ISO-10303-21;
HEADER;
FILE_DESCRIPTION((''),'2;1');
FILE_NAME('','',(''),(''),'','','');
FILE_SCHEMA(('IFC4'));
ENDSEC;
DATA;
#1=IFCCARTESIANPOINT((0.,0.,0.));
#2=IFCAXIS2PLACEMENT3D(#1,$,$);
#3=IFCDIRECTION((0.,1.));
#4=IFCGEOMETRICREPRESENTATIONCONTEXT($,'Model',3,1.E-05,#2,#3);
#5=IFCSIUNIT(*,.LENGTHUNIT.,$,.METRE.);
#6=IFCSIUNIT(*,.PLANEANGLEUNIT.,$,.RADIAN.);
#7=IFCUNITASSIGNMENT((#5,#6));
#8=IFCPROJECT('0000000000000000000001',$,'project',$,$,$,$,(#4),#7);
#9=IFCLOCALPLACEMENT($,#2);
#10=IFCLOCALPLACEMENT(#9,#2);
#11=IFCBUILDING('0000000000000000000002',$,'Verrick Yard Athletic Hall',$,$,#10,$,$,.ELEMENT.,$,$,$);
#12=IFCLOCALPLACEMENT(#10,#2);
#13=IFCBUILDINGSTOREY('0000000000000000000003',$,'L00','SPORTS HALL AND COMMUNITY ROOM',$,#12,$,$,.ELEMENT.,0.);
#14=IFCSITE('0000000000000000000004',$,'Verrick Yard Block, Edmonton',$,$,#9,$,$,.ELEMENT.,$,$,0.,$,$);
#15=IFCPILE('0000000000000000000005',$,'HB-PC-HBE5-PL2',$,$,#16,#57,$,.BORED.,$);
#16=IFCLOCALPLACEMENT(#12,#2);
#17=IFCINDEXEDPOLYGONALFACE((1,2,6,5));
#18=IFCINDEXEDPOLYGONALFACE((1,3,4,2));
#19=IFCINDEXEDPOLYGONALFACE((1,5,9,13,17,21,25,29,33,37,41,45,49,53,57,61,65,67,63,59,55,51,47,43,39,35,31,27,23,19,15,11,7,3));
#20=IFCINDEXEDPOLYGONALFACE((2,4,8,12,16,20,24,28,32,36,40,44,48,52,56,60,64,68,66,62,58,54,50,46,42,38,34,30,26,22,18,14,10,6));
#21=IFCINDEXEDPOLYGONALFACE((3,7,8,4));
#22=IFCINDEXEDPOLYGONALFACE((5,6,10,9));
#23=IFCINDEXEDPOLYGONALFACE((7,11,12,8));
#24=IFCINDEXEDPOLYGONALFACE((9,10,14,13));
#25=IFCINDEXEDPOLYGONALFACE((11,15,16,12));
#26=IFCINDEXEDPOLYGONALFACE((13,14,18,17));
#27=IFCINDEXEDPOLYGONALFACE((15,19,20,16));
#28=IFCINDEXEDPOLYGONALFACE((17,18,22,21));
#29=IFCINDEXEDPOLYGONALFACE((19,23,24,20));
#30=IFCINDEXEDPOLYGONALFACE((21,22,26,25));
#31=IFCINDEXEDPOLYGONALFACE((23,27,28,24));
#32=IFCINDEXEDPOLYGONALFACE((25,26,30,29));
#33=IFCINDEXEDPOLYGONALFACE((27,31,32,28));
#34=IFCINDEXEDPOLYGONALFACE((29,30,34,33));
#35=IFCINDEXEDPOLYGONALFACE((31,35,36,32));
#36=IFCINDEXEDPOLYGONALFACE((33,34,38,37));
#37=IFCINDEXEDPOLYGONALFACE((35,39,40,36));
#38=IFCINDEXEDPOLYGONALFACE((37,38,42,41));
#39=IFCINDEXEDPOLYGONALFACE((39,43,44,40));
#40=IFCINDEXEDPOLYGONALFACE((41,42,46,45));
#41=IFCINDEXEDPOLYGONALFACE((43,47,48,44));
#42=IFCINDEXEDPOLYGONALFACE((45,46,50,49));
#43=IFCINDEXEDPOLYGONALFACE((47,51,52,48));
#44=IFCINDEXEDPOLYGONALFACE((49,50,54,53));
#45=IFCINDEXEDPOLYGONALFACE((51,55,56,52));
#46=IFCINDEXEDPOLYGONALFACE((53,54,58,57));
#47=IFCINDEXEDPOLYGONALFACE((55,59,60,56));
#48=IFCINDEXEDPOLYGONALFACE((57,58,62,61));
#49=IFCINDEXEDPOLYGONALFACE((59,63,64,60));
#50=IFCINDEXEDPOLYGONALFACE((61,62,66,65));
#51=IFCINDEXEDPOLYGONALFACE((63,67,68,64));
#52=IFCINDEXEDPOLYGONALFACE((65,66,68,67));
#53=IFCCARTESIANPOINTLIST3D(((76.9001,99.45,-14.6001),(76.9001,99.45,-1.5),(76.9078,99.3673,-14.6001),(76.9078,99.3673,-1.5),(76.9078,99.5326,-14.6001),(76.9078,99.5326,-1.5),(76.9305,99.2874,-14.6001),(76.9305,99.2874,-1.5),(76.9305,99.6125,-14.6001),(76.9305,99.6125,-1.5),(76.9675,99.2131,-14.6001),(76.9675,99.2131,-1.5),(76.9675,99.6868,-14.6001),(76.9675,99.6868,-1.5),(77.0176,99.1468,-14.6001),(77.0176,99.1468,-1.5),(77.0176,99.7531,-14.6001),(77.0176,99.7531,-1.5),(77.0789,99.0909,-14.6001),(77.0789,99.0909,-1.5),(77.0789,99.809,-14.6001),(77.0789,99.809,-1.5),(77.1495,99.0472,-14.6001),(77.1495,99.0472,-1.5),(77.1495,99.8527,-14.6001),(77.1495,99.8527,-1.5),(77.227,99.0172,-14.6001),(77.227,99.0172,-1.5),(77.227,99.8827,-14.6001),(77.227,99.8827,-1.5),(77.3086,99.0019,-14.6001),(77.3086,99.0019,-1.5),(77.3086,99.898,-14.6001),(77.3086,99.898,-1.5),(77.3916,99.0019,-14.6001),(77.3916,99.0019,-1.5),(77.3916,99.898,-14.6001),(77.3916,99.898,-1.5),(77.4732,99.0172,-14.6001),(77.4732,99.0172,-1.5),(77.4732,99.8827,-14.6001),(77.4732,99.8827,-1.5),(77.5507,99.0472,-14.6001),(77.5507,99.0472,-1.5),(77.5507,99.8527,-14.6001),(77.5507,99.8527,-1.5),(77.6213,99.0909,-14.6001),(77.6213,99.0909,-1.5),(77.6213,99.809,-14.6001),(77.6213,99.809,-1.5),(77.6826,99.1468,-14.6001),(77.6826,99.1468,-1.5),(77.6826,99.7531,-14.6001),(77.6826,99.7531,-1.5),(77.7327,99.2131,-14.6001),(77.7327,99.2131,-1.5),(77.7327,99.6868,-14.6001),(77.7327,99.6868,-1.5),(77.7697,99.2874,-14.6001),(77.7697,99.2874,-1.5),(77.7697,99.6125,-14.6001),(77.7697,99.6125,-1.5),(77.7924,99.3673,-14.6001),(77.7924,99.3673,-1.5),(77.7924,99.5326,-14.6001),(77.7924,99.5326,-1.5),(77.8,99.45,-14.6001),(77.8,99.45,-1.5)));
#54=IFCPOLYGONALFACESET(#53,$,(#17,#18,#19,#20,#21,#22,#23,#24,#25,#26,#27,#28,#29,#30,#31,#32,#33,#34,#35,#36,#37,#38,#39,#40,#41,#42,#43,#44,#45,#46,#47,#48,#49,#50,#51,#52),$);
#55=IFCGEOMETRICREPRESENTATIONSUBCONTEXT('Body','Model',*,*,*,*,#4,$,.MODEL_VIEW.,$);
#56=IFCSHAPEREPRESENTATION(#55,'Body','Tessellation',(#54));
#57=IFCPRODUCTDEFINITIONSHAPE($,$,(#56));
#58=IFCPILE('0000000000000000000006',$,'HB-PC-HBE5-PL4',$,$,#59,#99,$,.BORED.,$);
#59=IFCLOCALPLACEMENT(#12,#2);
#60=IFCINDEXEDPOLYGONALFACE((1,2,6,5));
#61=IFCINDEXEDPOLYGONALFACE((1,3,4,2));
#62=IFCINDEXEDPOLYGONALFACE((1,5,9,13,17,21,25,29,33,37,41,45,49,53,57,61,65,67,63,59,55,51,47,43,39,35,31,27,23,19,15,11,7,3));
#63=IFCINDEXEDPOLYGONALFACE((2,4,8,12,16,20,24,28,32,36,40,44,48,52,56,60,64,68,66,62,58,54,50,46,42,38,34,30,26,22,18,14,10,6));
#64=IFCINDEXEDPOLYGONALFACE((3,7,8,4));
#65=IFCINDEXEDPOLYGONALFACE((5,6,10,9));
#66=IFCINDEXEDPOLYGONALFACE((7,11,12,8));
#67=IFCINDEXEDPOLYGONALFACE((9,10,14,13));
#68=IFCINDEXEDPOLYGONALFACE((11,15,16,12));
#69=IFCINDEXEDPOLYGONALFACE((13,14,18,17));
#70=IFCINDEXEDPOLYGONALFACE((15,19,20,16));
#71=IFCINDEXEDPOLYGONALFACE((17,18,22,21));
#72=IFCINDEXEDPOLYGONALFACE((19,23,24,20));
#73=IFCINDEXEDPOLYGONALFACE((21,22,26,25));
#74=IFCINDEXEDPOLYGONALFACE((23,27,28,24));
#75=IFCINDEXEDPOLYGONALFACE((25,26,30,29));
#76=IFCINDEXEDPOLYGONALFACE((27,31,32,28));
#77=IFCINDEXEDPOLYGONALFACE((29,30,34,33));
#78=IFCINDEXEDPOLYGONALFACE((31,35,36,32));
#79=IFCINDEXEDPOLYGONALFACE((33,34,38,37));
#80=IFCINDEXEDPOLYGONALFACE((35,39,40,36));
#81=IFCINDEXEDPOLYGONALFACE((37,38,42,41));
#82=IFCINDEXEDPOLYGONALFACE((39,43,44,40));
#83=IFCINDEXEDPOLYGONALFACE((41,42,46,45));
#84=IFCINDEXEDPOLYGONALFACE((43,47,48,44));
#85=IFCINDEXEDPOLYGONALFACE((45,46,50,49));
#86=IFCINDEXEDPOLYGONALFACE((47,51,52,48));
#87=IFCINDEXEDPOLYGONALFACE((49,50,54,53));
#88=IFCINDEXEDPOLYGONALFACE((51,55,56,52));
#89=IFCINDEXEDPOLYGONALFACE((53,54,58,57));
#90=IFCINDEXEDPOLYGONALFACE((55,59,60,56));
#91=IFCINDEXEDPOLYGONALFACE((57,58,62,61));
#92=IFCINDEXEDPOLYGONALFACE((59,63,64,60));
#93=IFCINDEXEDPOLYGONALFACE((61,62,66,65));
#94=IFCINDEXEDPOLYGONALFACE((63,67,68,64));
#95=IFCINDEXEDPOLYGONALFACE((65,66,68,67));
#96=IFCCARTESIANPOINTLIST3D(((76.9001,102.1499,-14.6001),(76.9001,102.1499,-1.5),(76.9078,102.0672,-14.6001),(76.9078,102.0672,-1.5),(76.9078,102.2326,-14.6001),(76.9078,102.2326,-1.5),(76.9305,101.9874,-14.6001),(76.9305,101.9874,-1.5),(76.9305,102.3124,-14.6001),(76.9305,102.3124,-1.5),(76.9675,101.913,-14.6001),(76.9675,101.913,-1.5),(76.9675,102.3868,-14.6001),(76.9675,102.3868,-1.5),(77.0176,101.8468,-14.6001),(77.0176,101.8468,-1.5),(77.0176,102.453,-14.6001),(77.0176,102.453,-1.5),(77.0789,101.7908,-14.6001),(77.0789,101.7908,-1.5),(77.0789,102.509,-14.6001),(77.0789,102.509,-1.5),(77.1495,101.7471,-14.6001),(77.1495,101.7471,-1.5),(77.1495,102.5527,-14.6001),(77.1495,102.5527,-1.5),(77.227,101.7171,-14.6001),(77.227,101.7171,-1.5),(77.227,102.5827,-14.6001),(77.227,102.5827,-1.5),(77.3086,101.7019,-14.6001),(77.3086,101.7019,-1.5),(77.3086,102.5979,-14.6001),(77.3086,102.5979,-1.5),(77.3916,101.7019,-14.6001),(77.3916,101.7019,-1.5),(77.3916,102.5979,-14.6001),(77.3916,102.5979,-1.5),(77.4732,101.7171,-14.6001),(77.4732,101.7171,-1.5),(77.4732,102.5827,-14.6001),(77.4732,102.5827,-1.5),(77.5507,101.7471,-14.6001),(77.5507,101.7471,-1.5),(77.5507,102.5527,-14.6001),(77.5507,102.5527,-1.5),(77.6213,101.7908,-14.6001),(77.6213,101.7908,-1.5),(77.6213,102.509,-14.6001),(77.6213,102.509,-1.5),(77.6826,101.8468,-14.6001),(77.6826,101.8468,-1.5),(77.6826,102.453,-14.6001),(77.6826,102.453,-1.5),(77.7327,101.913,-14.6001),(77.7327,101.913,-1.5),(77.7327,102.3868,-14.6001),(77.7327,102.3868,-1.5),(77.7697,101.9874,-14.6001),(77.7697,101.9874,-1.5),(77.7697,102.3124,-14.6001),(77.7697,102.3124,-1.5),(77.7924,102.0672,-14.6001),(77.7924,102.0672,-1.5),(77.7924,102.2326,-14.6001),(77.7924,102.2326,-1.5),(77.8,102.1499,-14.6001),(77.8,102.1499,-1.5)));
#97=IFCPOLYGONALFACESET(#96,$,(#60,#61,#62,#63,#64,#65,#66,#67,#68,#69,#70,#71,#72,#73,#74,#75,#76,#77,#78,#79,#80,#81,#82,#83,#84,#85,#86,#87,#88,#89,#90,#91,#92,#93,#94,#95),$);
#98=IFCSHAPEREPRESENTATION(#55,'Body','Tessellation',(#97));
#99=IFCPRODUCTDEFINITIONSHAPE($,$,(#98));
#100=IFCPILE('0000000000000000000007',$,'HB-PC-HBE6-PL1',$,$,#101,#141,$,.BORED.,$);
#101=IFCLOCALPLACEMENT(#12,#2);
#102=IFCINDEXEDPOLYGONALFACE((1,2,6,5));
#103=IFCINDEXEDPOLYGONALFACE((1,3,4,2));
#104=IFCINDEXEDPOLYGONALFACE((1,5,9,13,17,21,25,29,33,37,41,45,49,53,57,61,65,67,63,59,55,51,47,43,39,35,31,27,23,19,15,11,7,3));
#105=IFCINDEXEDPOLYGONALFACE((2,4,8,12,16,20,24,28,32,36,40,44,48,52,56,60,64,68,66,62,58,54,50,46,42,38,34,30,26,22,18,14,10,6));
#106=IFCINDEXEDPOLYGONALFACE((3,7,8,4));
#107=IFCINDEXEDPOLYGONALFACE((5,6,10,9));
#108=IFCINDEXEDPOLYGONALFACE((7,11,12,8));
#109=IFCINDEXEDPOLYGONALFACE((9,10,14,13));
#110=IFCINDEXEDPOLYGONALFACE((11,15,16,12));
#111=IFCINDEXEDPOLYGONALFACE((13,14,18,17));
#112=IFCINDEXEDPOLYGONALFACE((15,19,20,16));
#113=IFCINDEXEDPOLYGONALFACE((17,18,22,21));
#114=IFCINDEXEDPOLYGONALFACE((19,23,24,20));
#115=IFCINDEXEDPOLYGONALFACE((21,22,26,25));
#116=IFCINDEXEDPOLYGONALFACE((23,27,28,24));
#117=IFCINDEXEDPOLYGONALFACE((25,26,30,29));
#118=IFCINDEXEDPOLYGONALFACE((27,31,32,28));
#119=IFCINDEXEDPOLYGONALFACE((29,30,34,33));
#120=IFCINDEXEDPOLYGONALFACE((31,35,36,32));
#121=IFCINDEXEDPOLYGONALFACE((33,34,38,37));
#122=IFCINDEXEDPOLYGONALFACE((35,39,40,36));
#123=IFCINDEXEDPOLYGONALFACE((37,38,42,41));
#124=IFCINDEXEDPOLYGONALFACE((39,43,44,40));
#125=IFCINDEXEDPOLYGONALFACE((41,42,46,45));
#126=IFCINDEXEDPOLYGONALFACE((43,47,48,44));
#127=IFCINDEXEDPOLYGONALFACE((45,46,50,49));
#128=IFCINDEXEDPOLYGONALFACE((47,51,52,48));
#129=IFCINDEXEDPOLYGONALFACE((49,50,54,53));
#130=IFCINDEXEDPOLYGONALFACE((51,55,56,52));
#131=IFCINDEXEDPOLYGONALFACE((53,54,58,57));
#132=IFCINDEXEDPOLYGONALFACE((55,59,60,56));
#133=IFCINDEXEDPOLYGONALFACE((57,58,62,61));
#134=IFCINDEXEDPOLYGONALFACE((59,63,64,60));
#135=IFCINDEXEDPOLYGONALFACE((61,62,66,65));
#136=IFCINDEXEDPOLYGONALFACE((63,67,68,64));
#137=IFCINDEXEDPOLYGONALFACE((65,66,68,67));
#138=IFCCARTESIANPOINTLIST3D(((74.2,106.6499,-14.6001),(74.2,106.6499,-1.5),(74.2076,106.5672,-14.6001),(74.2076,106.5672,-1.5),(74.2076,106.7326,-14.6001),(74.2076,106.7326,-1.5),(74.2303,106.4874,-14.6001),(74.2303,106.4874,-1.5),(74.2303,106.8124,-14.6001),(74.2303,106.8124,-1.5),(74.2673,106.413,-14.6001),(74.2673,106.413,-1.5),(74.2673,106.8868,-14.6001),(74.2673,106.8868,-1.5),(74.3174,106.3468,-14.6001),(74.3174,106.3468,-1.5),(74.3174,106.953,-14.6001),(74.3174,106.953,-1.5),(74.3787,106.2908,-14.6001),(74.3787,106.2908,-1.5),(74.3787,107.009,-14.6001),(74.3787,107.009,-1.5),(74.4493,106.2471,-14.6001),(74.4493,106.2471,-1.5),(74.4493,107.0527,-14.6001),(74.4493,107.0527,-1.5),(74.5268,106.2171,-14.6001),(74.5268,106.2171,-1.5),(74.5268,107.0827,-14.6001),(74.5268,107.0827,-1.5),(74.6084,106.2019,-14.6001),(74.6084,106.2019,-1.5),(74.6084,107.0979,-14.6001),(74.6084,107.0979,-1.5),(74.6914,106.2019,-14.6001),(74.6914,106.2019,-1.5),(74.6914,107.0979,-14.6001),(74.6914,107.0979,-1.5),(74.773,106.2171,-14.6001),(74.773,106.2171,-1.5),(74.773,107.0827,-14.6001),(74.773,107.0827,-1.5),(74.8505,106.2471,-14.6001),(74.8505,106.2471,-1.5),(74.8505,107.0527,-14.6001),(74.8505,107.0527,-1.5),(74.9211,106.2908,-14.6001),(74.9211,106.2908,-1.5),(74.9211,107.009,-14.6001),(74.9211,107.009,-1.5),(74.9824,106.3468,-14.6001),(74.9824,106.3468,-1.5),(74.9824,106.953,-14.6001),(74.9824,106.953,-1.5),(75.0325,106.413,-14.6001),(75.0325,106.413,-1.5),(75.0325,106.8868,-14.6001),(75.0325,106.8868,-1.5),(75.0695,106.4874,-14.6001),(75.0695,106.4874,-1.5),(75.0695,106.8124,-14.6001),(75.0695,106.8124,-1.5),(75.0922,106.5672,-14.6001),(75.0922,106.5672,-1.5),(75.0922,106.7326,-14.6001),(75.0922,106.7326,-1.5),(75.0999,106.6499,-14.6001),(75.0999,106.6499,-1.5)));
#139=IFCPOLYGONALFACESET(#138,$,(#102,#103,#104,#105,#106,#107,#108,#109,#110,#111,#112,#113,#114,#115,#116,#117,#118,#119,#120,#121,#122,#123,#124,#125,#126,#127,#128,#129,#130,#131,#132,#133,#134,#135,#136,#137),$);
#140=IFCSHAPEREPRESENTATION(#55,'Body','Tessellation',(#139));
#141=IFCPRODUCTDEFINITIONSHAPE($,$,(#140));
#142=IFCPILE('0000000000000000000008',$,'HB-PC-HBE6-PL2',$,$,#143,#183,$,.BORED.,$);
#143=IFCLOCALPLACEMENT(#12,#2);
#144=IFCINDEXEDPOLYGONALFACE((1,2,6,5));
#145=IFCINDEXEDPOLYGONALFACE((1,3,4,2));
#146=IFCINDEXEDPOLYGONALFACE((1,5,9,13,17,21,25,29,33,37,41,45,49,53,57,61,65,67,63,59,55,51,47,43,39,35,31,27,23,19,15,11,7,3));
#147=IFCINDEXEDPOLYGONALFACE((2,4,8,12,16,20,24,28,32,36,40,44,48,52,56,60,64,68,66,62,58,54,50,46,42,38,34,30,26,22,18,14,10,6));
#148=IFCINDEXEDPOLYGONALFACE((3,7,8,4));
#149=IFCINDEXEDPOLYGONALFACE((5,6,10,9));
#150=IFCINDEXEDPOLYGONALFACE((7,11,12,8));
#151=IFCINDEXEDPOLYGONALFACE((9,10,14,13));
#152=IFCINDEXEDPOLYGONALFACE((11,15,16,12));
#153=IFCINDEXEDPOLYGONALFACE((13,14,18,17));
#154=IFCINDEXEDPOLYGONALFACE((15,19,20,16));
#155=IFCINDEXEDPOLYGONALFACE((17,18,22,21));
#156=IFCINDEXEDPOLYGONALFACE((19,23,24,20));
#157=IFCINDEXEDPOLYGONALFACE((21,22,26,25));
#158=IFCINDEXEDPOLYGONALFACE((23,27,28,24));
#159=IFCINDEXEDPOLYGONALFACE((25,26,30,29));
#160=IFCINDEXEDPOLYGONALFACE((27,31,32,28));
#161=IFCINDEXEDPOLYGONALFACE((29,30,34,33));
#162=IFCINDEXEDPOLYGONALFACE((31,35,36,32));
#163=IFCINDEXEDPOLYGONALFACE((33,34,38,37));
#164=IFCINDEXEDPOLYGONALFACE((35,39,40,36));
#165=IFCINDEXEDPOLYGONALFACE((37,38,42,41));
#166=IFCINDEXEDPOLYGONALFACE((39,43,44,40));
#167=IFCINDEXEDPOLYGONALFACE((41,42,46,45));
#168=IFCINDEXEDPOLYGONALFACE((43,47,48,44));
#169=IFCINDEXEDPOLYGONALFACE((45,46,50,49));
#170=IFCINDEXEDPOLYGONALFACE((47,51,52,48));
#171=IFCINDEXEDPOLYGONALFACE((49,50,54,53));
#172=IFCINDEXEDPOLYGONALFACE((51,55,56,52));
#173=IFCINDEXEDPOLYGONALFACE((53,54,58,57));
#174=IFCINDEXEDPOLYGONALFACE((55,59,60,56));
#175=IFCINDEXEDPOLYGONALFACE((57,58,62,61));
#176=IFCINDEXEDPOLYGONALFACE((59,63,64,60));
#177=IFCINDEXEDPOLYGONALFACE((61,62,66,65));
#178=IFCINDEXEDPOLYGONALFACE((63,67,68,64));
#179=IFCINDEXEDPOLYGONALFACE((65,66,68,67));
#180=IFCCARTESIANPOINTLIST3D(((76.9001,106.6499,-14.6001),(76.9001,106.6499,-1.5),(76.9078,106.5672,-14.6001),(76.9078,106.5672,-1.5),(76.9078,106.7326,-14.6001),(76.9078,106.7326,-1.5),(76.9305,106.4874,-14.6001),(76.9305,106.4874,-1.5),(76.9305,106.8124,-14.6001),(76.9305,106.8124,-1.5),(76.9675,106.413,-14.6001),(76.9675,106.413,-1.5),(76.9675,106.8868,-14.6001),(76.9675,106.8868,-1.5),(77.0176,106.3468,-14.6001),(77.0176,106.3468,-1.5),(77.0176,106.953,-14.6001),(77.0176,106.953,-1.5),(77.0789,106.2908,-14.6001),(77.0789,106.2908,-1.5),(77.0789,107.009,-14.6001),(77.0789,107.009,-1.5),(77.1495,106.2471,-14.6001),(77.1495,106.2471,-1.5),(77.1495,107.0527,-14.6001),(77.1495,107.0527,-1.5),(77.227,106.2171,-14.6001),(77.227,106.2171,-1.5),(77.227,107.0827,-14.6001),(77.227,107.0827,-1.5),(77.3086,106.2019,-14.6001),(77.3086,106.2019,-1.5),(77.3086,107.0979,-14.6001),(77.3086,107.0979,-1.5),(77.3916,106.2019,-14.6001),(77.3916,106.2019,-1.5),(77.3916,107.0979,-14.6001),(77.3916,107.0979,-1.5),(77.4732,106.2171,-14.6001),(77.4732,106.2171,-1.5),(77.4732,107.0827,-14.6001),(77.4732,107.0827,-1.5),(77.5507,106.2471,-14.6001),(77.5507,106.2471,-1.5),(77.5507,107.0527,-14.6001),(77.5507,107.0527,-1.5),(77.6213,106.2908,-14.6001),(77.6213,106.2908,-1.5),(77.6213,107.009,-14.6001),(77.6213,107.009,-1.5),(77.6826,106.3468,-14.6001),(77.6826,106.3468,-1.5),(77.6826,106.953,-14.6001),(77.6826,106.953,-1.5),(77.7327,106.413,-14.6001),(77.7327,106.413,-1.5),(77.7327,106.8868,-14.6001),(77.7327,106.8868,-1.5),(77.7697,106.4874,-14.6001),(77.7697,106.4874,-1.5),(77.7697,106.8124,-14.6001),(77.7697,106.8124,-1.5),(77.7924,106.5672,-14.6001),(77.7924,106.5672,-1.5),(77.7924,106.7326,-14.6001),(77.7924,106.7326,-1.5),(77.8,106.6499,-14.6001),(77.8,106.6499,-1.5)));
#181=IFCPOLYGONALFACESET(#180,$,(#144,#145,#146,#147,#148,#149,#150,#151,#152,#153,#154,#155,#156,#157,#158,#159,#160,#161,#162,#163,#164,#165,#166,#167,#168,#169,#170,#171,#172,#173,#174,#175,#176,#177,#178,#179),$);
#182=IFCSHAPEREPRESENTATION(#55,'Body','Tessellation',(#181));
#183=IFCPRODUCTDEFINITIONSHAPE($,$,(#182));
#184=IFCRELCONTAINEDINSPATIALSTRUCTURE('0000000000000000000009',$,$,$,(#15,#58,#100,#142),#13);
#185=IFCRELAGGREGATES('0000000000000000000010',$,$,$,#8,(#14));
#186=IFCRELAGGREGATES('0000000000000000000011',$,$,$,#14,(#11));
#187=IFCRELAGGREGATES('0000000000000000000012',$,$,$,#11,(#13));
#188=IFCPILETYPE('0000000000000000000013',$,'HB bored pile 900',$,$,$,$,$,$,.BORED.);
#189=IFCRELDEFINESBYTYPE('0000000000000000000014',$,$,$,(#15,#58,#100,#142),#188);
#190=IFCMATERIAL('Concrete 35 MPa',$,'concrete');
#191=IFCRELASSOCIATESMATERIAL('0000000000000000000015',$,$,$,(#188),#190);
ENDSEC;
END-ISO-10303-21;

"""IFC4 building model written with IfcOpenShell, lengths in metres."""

from ifc_helpers import new_model, si_unit, direction, frame, origin, origin_2d, place, context, subcontext, project, spatial, circle, extrude, material, material_profile, profile_set, type_object, element, save


model = new_model("IFC4")

# Units and contexts
model_context = context("Model", 3, precision=1e-05, world=origin(), true_north=direction((0.0, 1.0)))
body_context = subcontext(model_context, "Body", "Model", "MODEL_VIEW")
ifc_project = project(units=[si_unit("LENGTHUNIT", "METRE"), si_unit("PLANEANGLEUNIT", "RADIAN")], contexts=[model_context])

# Site, building, storey
site_placement = place(None, origin())
site = spatial("IfcSite", under=ifc_project, at=site_placement, Name="Verrick Yard Block, Edmonton", CompositionType="ELEMENT", RefElevation=0.0)
building_placement = place(site_placement, origin())
building = spatial("IfcBuilding", under=site, at=building_placement, Name="Verrick Yard Athletic Hall", CompositionType="ELEMENT")
storey_placement = place(building_placement, origin())
storey = spatial("IfcBuildingStorey", under=building, at=storey_placement, Name="L00", Description="SPORTS HALL AND COMMUNITY ROOM", CompositionType="ELEMENT", Elevation=0.0)

# Piles
ifc_material_1 = material(Name="Concrete 35 MPa", Category="concrete")
ifc_material_profile_1 = material_profile(ifc_material_1, circle(Radius=0.45, at=origin_2d()), Name="Bored pile 900")
ifc_profile_set_1 = profile_set([ifc_material_profile_1], Name="Concrete 35 MPa")
pile_type = type_object("IfcPileType", Name="HB bored pile 900", PredefinedType="BORED", material=ifc_profile_set_1)
for number, where, z_axis, x_axis, name in (
    (1, (77.3501, 99.45, -1.5), (0.0, 0.0, -1.0), (1.0, 0.0, 0.0), "HB-PC-HBE5-PL2"),
    (2, (77.3501, 102.1499, -1.5), (0.0, 0.0, -1.0), (1.0, 0.0, 0.0), "HB-PC-HBE5-PL4"),
    (3, (74.6499, 106.6499, -1.5), (0.0, 0.0, -1.0), (1.0, 0.0, 0.0), "HB-PC-HBE6-PL1"),
    (4, (77.3501, 106.6499, -1.5), (0.0, 0.0, -1.0), (1.0, 0.0, 0.0), "HB-PC-HBE6-PL2"),
):
    element("IfcPile", number, at=place(storey_placement, frame(where, z_axis=z_axis, x_axis=x_axis)), inside=storey, type_object=pile_type, Name=name, PredefinedType="BORED", context=body_context, shape_type="SweptSolid", body=[
        extrude(circle(Radius=0.45, at=origin_2d()), origin(), (0.0, 0.0, 1.0), 13.1001),
    ])

save(model, "model.ifc")
